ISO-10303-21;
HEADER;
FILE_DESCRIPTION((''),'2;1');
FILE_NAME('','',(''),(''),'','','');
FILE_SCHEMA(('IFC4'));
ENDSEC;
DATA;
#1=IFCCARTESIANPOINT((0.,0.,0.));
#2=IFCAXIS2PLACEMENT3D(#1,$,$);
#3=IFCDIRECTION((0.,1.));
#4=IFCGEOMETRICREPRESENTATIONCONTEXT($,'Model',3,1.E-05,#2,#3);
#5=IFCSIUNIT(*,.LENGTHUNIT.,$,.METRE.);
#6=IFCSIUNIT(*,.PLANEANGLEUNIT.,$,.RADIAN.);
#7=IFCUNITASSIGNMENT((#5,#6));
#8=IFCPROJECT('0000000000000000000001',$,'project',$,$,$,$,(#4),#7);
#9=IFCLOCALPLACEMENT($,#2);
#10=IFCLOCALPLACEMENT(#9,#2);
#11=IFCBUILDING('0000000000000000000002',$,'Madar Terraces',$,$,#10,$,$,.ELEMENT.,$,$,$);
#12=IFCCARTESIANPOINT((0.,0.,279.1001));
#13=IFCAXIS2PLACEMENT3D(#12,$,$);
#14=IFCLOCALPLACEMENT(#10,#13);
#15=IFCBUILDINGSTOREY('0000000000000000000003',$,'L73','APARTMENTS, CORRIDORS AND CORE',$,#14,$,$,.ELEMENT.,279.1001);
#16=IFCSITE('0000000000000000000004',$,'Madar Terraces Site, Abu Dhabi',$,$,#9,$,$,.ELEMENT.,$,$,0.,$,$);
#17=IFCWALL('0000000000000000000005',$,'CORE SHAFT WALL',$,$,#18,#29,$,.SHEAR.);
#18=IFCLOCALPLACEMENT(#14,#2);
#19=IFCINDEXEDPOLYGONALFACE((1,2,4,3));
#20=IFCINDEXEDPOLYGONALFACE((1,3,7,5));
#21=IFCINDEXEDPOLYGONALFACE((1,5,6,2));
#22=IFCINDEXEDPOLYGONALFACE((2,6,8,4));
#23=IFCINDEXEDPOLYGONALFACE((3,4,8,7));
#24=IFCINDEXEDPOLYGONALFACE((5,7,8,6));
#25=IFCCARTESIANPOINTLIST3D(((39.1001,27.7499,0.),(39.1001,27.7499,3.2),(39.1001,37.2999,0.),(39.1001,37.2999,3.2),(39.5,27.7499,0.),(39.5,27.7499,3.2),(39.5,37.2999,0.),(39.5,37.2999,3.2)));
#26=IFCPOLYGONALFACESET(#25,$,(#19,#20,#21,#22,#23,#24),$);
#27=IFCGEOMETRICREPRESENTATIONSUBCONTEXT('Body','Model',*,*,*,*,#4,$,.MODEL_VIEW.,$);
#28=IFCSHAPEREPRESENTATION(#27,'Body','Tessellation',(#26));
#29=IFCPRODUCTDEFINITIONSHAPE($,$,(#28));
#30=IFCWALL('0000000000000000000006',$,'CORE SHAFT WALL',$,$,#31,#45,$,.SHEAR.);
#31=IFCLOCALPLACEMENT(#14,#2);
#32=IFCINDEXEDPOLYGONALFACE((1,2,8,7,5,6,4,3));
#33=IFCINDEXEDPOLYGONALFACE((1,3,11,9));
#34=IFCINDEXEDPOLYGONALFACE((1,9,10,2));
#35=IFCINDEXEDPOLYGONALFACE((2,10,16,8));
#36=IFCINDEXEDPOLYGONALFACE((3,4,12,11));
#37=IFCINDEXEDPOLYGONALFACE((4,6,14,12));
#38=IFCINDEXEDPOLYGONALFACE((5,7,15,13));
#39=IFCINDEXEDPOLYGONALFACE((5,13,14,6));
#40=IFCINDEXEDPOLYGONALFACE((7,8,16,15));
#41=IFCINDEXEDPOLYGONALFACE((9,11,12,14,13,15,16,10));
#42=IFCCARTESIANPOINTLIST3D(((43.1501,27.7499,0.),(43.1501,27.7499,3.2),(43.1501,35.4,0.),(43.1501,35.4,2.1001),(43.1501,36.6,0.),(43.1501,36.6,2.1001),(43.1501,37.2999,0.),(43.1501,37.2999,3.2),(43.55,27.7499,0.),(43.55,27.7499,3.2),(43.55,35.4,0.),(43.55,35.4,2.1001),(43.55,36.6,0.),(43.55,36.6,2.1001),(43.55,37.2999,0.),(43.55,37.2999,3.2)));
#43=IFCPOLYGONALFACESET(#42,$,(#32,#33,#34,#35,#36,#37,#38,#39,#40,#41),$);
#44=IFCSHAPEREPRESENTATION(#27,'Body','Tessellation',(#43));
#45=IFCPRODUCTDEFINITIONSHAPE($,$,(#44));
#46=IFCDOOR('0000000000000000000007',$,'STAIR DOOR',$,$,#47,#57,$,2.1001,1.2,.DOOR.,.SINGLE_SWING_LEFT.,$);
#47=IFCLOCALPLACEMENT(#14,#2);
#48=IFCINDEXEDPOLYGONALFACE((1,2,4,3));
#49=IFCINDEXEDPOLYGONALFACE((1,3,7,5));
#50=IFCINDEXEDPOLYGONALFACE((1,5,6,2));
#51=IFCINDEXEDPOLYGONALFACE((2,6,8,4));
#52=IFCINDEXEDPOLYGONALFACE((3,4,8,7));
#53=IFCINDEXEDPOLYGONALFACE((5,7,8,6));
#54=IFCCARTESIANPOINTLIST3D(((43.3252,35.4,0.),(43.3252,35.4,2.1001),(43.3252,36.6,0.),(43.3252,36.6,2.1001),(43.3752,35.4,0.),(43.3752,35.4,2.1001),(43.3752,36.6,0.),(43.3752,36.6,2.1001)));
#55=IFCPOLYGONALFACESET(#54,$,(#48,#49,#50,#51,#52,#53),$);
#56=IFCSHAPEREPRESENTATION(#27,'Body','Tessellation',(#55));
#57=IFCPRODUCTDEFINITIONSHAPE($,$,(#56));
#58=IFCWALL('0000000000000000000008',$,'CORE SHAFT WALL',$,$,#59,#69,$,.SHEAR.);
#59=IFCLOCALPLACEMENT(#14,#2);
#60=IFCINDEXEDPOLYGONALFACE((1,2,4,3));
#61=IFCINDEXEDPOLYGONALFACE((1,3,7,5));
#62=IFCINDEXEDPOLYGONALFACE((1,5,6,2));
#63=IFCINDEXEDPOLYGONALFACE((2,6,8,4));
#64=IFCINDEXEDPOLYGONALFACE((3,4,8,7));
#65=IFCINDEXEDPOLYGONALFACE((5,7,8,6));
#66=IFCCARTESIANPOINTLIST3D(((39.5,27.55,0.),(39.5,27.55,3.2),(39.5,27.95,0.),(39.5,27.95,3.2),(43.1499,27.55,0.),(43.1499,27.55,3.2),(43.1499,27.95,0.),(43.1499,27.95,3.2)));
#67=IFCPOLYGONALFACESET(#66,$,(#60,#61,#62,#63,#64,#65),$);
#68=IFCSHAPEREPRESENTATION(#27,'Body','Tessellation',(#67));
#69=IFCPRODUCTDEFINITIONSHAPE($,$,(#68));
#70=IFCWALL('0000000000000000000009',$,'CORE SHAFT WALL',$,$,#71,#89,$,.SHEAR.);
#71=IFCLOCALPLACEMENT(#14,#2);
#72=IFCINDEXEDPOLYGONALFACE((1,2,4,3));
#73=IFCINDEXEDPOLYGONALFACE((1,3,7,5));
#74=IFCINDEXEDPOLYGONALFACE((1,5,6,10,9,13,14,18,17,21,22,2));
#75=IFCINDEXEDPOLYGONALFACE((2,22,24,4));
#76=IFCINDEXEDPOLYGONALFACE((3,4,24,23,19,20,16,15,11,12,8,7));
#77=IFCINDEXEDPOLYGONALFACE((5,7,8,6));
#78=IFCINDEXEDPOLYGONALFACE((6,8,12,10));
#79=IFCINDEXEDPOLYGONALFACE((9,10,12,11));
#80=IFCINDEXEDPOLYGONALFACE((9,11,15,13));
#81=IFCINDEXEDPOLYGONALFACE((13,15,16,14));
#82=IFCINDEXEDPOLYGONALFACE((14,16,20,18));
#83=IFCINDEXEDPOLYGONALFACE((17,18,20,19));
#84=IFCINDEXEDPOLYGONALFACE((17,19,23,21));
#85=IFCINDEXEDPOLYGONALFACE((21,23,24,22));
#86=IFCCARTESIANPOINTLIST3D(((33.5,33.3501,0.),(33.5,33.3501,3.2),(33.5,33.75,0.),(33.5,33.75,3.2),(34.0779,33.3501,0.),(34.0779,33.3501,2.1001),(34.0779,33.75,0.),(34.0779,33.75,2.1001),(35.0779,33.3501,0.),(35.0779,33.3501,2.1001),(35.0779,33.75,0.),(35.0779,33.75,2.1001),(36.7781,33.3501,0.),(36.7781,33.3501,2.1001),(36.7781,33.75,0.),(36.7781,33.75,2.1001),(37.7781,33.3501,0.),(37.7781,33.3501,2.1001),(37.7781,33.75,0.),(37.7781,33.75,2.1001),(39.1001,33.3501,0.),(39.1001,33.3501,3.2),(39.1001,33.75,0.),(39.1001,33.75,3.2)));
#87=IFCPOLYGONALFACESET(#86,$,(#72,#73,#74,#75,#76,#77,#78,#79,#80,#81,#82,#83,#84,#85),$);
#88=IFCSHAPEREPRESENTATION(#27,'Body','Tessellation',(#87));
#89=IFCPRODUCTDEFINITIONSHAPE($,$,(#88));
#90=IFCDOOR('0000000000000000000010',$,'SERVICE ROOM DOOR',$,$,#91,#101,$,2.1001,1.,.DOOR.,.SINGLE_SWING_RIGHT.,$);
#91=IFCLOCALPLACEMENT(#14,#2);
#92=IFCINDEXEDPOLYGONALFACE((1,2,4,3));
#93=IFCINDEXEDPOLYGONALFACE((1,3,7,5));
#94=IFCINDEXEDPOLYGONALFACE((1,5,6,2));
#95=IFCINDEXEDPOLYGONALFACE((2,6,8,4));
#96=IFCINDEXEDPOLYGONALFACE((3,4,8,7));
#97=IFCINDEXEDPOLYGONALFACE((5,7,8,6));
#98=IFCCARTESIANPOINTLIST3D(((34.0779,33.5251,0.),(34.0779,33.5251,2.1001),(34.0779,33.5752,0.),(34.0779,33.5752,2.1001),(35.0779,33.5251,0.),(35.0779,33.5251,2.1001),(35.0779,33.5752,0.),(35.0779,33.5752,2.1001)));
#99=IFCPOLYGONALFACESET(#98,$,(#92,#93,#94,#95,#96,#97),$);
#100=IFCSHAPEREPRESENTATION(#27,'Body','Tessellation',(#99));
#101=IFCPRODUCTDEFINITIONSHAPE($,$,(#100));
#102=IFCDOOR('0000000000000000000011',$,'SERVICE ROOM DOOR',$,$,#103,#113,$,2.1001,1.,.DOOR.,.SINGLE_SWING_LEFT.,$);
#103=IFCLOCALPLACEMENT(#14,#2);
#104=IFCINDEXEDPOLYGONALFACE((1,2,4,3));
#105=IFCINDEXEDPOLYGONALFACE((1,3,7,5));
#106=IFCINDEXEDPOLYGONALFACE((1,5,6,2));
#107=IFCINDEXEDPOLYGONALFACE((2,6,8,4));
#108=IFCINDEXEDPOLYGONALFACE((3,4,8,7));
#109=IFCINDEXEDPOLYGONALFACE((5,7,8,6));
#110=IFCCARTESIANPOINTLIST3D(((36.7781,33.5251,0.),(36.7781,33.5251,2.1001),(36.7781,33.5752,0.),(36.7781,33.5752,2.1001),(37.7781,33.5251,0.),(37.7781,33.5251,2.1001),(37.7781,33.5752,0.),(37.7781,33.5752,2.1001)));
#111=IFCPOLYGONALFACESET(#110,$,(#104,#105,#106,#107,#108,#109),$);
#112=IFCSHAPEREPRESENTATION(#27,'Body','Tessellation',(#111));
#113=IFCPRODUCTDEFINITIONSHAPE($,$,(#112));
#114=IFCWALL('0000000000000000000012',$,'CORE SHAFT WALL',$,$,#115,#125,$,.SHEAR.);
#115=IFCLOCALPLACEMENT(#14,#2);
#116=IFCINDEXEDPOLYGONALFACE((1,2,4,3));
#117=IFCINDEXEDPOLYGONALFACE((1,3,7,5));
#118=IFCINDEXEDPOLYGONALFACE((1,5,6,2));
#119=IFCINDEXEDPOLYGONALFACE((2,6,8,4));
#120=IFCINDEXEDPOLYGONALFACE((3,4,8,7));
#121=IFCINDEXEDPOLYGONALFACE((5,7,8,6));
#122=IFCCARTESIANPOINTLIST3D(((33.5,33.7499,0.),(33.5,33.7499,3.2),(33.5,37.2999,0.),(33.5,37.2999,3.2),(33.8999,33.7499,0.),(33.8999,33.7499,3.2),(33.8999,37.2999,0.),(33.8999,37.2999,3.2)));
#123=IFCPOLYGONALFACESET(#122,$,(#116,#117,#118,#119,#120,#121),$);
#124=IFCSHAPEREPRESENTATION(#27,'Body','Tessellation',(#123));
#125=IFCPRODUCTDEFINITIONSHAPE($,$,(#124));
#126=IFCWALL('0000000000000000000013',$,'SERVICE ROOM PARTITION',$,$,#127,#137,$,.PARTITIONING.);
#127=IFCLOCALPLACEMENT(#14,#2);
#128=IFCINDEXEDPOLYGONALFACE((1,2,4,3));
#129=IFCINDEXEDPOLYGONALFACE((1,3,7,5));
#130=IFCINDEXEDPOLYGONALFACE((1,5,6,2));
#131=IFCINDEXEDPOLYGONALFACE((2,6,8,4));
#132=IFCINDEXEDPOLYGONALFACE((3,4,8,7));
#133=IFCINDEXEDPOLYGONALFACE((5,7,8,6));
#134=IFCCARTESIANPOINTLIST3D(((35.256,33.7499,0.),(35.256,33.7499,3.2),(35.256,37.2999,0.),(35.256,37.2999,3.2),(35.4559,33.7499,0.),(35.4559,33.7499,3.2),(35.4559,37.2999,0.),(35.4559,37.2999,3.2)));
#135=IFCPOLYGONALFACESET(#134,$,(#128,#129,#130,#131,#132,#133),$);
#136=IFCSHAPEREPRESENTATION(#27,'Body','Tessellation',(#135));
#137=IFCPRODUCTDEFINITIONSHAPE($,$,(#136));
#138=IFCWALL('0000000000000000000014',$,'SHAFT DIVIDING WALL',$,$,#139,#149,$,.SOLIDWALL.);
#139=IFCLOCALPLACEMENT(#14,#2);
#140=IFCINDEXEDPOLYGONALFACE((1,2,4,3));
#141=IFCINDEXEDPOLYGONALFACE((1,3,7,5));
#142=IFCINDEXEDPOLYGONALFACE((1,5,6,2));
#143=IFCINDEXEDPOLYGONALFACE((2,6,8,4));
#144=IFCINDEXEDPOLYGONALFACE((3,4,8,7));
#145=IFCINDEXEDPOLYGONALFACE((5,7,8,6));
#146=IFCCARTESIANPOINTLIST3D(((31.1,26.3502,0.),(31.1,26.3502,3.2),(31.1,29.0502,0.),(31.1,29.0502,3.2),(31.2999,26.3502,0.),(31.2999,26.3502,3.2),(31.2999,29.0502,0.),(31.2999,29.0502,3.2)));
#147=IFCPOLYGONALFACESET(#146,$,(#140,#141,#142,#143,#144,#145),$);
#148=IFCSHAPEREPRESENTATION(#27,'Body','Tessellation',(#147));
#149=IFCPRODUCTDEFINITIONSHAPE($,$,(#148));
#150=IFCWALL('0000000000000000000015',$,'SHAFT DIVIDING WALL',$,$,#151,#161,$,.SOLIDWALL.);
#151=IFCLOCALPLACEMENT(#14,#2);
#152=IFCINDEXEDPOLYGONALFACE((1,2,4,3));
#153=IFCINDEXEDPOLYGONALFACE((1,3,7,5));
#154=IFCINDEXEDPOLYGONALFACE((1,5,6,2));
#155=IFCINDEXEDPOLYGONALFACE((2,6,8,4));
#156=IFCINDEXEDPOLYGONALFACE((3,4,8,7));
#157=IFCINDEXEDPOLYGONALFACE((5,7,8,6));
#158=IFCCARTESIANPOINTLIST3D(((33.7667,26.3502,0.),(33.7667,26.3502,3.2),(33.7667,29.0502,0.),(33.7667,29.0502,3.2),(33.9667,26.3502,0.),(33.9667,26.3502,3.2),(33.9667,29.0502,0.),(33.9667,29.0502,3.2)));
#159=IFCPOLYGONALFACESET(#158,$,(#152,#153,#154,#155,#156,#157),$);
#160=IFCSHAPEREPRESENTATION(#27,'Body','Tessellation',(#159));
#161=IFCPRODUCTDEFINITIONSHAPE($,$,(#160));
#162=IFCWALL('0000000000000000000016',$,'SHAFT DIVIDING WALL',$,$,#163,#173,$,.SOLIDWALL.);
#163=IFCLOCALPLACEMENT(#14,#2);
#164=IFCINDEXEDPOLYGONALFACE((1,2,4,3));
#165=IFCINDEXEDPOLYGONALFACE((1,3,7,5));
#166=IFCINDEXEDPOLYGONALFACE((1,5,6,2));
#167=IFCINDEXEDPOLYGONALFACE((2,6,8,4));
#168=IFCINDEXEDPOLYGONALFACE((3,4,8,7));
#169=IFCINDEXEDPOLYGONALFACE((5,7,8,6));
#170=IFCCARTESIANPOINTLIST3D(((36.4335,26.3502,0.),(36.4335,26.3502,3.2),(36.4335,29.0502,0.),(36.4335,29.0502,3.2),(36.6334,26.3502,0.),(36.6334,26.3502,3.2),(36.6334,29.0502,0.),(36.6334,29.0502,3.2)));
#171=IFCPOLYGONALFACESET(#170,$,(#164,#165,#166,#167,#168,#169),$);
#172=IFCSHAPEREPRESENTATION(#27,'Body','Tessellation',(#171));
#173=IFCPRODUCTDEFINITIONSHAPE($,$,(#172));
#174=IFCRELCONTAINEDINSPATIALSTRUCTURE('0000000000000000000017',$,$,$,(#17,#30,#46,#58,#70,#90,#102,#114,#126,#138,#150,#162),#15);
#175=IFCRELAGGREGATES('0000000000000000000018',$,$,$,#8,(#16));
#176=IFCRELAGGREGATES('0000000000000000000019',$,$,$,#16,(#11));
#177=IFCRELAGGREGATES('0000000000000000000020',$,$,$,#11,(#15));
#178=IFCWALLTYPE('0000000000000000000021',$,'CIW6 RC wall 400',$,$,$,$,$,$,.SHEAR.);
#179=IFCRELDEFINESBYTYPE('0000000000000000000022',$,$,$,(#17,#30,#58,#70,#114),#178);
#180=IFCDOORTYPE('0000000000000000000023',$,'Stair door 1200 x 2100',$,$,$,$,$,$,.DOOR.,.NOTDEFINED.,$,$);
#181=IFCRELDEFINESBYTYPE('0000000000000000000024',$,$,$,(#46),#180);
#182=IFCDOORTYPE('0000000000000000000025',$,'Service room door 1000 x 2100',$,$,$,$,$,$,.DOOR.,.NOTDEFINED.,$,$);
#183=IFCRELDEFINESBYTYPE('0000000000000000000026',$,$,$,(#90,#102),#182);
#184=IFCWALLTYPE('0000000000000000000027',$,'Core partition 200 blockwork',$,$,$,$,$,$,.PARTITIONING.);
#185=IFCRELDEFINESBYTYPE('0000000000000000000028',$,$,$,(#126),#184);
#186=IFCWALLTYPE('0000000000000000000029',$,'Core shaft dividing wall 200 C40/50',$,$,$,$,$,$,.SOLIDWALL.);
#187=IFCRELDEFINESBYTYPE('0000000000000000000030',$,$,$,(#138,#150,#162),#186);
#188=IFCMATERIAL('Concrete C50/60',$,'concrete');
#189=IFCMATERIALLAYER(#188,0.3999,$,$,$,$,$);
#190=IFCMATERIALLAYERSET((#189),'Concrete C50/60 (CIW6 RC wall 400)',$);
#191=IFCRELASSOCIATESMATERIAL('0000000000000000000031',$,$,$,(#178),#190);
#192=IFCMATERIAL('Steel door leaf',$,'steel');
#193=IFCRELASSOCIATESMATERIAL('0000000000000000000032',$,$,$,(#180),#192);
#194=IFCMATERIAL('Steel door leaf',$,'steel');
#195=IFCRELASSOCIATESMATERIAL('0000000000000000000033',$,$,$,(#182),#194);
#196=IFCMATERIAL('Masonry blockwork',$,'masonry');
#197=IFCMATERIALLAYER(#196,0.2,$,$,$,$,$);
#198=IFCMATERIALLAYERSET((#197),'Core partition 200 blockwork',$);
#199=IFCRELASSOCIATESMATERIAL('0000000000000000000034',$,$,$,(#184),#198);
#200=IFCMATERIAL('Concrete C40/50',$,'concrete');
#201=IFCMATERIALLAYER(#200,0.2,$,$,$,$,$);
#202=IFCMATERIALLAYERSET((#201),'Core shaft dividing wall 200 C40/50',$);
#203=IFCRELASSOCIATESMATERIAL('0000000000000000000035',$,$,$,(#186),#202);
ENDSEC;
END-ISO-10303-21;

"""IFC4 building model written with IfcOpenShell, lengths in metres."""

from ifc_helpers import new_model, si_unit, direction, frame, frame_2d, origin, place, context, subcontext, project, spatial, rectangle, extrude, material, layer, layer_set, type_object, element, fill, save


model = new_model("IFC4")

# Units and contexts
model_context = context("Model", 3, precision=1e-05, world=origin(), true_north=direction((0.0, 1.0)))
body_context = subcontext(model_context, "Body", "Model", "MODEL_VIEW")
ifc_project = project(units=[si_unit("LENGTHUNIT", "METRE"), si_unit("PLANEANGLEUNIT", "RADIAN")], contexts=[model_context])

# Site, building, storey
site_placement = place(None, origin())
site = spatial("IfcSite", under=ifc_project, at=site_placement, Name="Madar Terraces Site, Abu Dhabi", CompositionType="ELEMENT", RefElevation=0.0)
building_placement = place(site_placement, origin())
building = spatial("IfcBuilding", under=site, at=building_placement, Name="Madar Terraces", CompositionType="ELEMENT")
storey_placement = place(building_placement, frame((0.0, 0.0, 279.1001)))
storey = spatial("IfcBuildingStorey", under=building, at=storey_placement, Name="L73", Description="APARTMENTS, CORRIDORS AND CORE", CompositionType="ELEMENT", Elevation=279.1001)

# Wall
ifc_material_1 = material(Name="Concrete C50/60", Category="concrete")
ifc_layer_1 = layer(ifc_material_1, 0.3999)
ifc_layer_set_1 = layer_set([ifc_layer_1], Name="Concrete C50/60 (CIW6 RC wall 400)")
wall_type_1 = type_object("IfcWallType", Name="CIW6 RC wall 400", PredefinedType="SHEAR", material=ifc_layer_set_1)
wall_1_placement = place(storey_placement, frame((39.3, 27.75, 0.0), z_axis=(0.0, 0.0, 1.0), x_axis=(0.0, 1.0, 0.0)))
element("IfcWall", 1, at=wall_1_placement, inside=storey, type_object=wall_type_1, Name="CORE SHAFT WALL", PredefinedType="SHEAR", context=body_context, shape_type="SweptSolid", body=[
    extrude(rectangle(XDim=9.55, YDim=0.3999, at=frame_2d((4.7749, 0.0))), origin(), (0.0, 0.0, 1.0), 3.2),
])

# Wall, opening, door
wall_2_placement = place(storey_placement, frame((43.3501, 27.75, 0.0), z_axis=(0.0, 0.0, 1.0), x_axis=(0.0, 1.0, 0.0)))
wall_2 = element("IfcWall", 2, at=wall_2_placement, inside=storey, type_object=wall_type_1, Name="CORE SHAFT WALL", PredefinedType="SHEAR", context=body_context, shape_type="SweptSolid", body=[
    extrude(rectangle(XDim=9.55, YDim=0.3999, at=frame_2d((4.7749, 0.0))), origin(), (0.0, 0.0, 1.0), 3.2),
])
opening_1_placement = place(wall_2_placement, frame((7.6499, 0.0, 0.0)))
opening_1 = element("IfcOpeningElement", 3, at=opening_1_placement, cuts=wall_2, PredefinedType="OPENING", context=body_context, shape_type="SweptSolid", body=[
    extrude(rectangle(XDim=1.2, YDim=2.1001, at=frame_2d((0.6001, 1.05))), frame((0.0, 0.21, 0.0), z_axis=(0.0, -1.0, 0.0), x_axis=(1.0, 0.0, 0.0)), (0.0, 0.0, 1.0), 0.4199),
])
ifc_material_2 = material(Name="Steel door leaf", Category="steel")
door_type_1 = type_object("IfcDoorType", Name="Stair door 1200 x 2100", OperationType="NOTDEFINED", PredefinedType="DOOR", material=ifc_material_2)
door_1_placement = place(opening_1_placement, origin())
door_1 = element("IfcDoor", 4, at=door_1_placement, inside=storey, type_object=door_type_1, Name="STAIR DOOR", OperationType="SINGLE_SWING_LEFT", OverallHeight=2.1001, OverallWidth=1.2, PredefinedType="DOOR", context=body_context, shape_type="SweptSolid", body=[
    extrude(rectangle(XDim=1.2, YDim=2.1001, at=frame_2d((0.6001, 1.05))), frame((0.0, 0.0249, 0.0), z_axis=(0.0, -1.0, 0.0), x_axis=(1.0, 0.0, 0.0)), (0.0, 0.0, 1.0), 0.05),
])
fill(opening_1, door_1)

# Wall
wall_3_placement = place(storey_placement, frame((39.5, 27.75, 0.0), z_axis=(0.0, 0.0, 1.0), x_axis=(1.0, 0.0, 0.0)))
element("IfcWall", 5, at=wall_3_placement, inside=storey, type_object=wall_type_1, Name="CORE SHAFT WALL", PredefinedType="SHEAR", context=body_context, shape_type="SweptSolid", body=[
    extrude(rectangle(XDim=3.6499, YDim=0.3999, at=frame_2d((1.825, 0.0))), origin(), (0.0, 0.0, 1.0), 3.2),
])

# Wall, openings, doors
wall_4_placement = place(storey_placement, frame((33.5, 33.55, 0.0), z_axis=(0.0, 0.0, 1.0), x_axis=(1.0, 0.0, 0.0)))
wall_4 = element("IfcWall", 6, at=wall_4_placement, inside=storey, type_object=wall_type_1, Name="CORE SHAFT WALL", PredefinedType="SHEAR", context=body_context, shape_type="SweptSolid", body=[
    extrude(rectangle(XDim=5.6001, YDim=0.3999, at=frame_2d((2.8, 0.0))), origin(), (0.0, 0.0, 1.0), 3.2),
])
opening_2_placement = place(wall_4_placement, frame((0.5779, 0.0, 0.0)))
opening_2 = element("IfcOpeningElement", 7, at=opening_2_placement, cuts=wall_4, PredefinedType="OPENING", context=body_context, shape_type="SweptSolid", body=[
    extrude(rectangle(XDim=1.0, YDim=2.1001, at=frame_2d((0.5, 1.05))), frame((0.0, 0.21, 0.0), z_axis=(0.0, -1.0, 0.0), x_axis=(1.0, 0.0, 0.0)), (0.0, 0.0, 1.0), 0.4199),
])
opening_3_placement = place(wall_4_placement, frame((3.2781, 0.0, 0.0)))
opening_3 = element("IfcOpeningElement", 8, at=opening_3_placement, cuts=wall_4, PredefinedType="OPENING", context=body_context, shape_type="SweptSolid", body=[
    extrude(rectangle(XDim=1.0, YDim=2.1001, at=frame_2d((0.5, 1.05))), frame((0.0, 0.21, 0.0), z_axis=(0.0, -1.0, 0.0), x_axis=(1.0, 0.0, 0.0)), (0.0, 0.0, 1.0), 0.4199),
])
ifc_material_3 = material(Name="Steel door leaf", Category="steel")
door_type_2 = type_object("IfcDoorType", Name="Service room door 1000 x 2100", OperationType="NOTDEFINED", PredefinedType="DOOR", material=ifc_material_3)
door_2_placement = place(opening_2_placement, frame((1.0, 0.0, 0.0), z_axis=(0.0, 0.0, 1.0), x_axis=(-1.0, 0.0, 0.0)))
door_2 = element("IfcDoor", 9, at=door_2_placement, inside=storey, type_object=door_type_2, Name="SERVICE ROOM DOOR", OperationType="SINGLE_SWING_RIGHT", OverallHeight=2.1001, OverallWidth=1.0, PredefinedType="DOOR", context=body_context, shape_type="SweptSolid", body=[
    extrude(rectangle(XDim=1.0, YDim=2.1001, at=frame_2d((0.5, 1.05))), frame((0.0, 0.0249, 0.0), z_axis=(0.0, -1.0, 0.0), x_axis=(1.0, 0.0, 0.0)), (0.0, 0.0, 1.0), 0.05),
])
fill(opening_2, door_2)
door_3_placement = place(opening_3_placement, frame((1.0, 0.0, 0.0), z_axis=(0.0, 0.0, 1.0), x_axis=(-1.0, 0.0, 0.0)))
door_3 = element("IfcDoor", 10, at=door_3_placement, inside=storey, type_object=door_type_2, Name="SERVICE ROOM DOOR", OperationType="SINGLE_SWING_LEFT", OverallHeight=2.1001, OverallWidth=1.0, PredefinedType="DOOR", context=body_context, shape_type="SweptSolid", body=[
    extrude(rectangle(XDim=1.0, YDim=2.1001, at=frame_2d((0.5, 1.05))), frame((0.0, 0.0249, 0.0), z_axis=(0.0, -1.0, 0.0), x_axis=(1.0, 0.0, 0.0)), (0.0, 0.0, 1.0), 0.05),
])
fill(opening_3, door_3)

# Walls
wall_5_placement = place(storey_placement, frame((33.7, 33.75, 0.0), z_axis=(0.0, 0.0, 1.0), x_axis=(0.0, 1.0, 0.0)))
element("IfcWall", 11, at=wall_5_placement, inside=storey, type_object=wall_type_1, Name="CORE SHAFT WALL", PredefinedType="SHEAR", context=body_context, shape_type="SweptSolid", body=[
    extrude(rectangle(XDim=3.55, YDim=0.3999, at=frame_2d((1.7749, 0.0))), origin(), (0.0, 0.0, 1.0), 3.2),
])
ifc_material_4 = material(Name="Masonry blockwork", Category="masonry")
ifc_layer_2 = layer(ifc_material_4, 0.2)
ifc_layer_set_2 = layer_set([ifc_layer_2], Name="Core partition 200 blockwork")
wall_type_2 = type_object("IfcWallType", Name="Core partition 200 blockwork", PredefinedType="PARTITIONING", material=ifc_layer_set_2)
wall_6_placement = place(storey_placement, frame((35.356, 33.75, 0.0), z_axis=(0.0, 0.0, 1.0), x_axis=(0.0, 1.0, 0.0)))
element("IfcWall", 12, at=wall_6_placement, inside=storey, type_object=wall_type_2, Name="SERVICE ROOM PARTITION", PredefinedType="PARTITIONING", context=body_context, shape_type="SweptSolid", body=[
    extrude(rectangle(XDim=3.55, YDim=0.2, at=frame_2d((1.7749, 0.0))), origin(), (0.0, 0.0, 1.0), 3.2),
])
ifc_material_5 = material(Name="Concrete C40/50", Category="concrete")
ifc_layer_3 = layer(ifc_material_5, 0.2)
ifc_layer_set_3 = layer_set([ifc_layer_3], Name="Core shaft dividing wall 200 C40/50")
wall_type_3 = type_object("IfcWallType", Name="Core shaft dividing wall 200 C40/50", PredefinedType="SOLIDWALL", material=ifc_layer_set_3)
for number, where, z_axis, x_axis, name in (
    (13, (31.2, 26.3501, 0.0), (0.0, 0.0, 1.0), (0.0, 1.0, 0.0), "SHAFT DIVIDING WALL"),
    (14, (33.8667, 26.3501, 0.0), (0.0, 0.0, 1.0), (0.0, 1.0, 0.0), "SHAFT DIVIDING WALL"),
    (15, (36.5334, 26.3501, 0.0), (0.0, 0.0, 1.0), (0.0, 1.0, 0.0), "SHAFT DIVIDING WALL"),
):
    element("IfcWall", number, at=place(storey_placement, frame(where, z_axis=z_axis, x_axis=x_axis)), inside=storey, type_object=wall_type_3, Name=name, PredefinedType="SOLIDWALL", context=body_context, shape_type="SweptSolid", body=[
        extrude(rectangle(XDim=2.7, YDim=0.2, at=frame_2d((1.3501, 0.0))), origin(), (0.0, 0.0, 1.0), 3.2),
    ])

save(model, "model.ifc")
